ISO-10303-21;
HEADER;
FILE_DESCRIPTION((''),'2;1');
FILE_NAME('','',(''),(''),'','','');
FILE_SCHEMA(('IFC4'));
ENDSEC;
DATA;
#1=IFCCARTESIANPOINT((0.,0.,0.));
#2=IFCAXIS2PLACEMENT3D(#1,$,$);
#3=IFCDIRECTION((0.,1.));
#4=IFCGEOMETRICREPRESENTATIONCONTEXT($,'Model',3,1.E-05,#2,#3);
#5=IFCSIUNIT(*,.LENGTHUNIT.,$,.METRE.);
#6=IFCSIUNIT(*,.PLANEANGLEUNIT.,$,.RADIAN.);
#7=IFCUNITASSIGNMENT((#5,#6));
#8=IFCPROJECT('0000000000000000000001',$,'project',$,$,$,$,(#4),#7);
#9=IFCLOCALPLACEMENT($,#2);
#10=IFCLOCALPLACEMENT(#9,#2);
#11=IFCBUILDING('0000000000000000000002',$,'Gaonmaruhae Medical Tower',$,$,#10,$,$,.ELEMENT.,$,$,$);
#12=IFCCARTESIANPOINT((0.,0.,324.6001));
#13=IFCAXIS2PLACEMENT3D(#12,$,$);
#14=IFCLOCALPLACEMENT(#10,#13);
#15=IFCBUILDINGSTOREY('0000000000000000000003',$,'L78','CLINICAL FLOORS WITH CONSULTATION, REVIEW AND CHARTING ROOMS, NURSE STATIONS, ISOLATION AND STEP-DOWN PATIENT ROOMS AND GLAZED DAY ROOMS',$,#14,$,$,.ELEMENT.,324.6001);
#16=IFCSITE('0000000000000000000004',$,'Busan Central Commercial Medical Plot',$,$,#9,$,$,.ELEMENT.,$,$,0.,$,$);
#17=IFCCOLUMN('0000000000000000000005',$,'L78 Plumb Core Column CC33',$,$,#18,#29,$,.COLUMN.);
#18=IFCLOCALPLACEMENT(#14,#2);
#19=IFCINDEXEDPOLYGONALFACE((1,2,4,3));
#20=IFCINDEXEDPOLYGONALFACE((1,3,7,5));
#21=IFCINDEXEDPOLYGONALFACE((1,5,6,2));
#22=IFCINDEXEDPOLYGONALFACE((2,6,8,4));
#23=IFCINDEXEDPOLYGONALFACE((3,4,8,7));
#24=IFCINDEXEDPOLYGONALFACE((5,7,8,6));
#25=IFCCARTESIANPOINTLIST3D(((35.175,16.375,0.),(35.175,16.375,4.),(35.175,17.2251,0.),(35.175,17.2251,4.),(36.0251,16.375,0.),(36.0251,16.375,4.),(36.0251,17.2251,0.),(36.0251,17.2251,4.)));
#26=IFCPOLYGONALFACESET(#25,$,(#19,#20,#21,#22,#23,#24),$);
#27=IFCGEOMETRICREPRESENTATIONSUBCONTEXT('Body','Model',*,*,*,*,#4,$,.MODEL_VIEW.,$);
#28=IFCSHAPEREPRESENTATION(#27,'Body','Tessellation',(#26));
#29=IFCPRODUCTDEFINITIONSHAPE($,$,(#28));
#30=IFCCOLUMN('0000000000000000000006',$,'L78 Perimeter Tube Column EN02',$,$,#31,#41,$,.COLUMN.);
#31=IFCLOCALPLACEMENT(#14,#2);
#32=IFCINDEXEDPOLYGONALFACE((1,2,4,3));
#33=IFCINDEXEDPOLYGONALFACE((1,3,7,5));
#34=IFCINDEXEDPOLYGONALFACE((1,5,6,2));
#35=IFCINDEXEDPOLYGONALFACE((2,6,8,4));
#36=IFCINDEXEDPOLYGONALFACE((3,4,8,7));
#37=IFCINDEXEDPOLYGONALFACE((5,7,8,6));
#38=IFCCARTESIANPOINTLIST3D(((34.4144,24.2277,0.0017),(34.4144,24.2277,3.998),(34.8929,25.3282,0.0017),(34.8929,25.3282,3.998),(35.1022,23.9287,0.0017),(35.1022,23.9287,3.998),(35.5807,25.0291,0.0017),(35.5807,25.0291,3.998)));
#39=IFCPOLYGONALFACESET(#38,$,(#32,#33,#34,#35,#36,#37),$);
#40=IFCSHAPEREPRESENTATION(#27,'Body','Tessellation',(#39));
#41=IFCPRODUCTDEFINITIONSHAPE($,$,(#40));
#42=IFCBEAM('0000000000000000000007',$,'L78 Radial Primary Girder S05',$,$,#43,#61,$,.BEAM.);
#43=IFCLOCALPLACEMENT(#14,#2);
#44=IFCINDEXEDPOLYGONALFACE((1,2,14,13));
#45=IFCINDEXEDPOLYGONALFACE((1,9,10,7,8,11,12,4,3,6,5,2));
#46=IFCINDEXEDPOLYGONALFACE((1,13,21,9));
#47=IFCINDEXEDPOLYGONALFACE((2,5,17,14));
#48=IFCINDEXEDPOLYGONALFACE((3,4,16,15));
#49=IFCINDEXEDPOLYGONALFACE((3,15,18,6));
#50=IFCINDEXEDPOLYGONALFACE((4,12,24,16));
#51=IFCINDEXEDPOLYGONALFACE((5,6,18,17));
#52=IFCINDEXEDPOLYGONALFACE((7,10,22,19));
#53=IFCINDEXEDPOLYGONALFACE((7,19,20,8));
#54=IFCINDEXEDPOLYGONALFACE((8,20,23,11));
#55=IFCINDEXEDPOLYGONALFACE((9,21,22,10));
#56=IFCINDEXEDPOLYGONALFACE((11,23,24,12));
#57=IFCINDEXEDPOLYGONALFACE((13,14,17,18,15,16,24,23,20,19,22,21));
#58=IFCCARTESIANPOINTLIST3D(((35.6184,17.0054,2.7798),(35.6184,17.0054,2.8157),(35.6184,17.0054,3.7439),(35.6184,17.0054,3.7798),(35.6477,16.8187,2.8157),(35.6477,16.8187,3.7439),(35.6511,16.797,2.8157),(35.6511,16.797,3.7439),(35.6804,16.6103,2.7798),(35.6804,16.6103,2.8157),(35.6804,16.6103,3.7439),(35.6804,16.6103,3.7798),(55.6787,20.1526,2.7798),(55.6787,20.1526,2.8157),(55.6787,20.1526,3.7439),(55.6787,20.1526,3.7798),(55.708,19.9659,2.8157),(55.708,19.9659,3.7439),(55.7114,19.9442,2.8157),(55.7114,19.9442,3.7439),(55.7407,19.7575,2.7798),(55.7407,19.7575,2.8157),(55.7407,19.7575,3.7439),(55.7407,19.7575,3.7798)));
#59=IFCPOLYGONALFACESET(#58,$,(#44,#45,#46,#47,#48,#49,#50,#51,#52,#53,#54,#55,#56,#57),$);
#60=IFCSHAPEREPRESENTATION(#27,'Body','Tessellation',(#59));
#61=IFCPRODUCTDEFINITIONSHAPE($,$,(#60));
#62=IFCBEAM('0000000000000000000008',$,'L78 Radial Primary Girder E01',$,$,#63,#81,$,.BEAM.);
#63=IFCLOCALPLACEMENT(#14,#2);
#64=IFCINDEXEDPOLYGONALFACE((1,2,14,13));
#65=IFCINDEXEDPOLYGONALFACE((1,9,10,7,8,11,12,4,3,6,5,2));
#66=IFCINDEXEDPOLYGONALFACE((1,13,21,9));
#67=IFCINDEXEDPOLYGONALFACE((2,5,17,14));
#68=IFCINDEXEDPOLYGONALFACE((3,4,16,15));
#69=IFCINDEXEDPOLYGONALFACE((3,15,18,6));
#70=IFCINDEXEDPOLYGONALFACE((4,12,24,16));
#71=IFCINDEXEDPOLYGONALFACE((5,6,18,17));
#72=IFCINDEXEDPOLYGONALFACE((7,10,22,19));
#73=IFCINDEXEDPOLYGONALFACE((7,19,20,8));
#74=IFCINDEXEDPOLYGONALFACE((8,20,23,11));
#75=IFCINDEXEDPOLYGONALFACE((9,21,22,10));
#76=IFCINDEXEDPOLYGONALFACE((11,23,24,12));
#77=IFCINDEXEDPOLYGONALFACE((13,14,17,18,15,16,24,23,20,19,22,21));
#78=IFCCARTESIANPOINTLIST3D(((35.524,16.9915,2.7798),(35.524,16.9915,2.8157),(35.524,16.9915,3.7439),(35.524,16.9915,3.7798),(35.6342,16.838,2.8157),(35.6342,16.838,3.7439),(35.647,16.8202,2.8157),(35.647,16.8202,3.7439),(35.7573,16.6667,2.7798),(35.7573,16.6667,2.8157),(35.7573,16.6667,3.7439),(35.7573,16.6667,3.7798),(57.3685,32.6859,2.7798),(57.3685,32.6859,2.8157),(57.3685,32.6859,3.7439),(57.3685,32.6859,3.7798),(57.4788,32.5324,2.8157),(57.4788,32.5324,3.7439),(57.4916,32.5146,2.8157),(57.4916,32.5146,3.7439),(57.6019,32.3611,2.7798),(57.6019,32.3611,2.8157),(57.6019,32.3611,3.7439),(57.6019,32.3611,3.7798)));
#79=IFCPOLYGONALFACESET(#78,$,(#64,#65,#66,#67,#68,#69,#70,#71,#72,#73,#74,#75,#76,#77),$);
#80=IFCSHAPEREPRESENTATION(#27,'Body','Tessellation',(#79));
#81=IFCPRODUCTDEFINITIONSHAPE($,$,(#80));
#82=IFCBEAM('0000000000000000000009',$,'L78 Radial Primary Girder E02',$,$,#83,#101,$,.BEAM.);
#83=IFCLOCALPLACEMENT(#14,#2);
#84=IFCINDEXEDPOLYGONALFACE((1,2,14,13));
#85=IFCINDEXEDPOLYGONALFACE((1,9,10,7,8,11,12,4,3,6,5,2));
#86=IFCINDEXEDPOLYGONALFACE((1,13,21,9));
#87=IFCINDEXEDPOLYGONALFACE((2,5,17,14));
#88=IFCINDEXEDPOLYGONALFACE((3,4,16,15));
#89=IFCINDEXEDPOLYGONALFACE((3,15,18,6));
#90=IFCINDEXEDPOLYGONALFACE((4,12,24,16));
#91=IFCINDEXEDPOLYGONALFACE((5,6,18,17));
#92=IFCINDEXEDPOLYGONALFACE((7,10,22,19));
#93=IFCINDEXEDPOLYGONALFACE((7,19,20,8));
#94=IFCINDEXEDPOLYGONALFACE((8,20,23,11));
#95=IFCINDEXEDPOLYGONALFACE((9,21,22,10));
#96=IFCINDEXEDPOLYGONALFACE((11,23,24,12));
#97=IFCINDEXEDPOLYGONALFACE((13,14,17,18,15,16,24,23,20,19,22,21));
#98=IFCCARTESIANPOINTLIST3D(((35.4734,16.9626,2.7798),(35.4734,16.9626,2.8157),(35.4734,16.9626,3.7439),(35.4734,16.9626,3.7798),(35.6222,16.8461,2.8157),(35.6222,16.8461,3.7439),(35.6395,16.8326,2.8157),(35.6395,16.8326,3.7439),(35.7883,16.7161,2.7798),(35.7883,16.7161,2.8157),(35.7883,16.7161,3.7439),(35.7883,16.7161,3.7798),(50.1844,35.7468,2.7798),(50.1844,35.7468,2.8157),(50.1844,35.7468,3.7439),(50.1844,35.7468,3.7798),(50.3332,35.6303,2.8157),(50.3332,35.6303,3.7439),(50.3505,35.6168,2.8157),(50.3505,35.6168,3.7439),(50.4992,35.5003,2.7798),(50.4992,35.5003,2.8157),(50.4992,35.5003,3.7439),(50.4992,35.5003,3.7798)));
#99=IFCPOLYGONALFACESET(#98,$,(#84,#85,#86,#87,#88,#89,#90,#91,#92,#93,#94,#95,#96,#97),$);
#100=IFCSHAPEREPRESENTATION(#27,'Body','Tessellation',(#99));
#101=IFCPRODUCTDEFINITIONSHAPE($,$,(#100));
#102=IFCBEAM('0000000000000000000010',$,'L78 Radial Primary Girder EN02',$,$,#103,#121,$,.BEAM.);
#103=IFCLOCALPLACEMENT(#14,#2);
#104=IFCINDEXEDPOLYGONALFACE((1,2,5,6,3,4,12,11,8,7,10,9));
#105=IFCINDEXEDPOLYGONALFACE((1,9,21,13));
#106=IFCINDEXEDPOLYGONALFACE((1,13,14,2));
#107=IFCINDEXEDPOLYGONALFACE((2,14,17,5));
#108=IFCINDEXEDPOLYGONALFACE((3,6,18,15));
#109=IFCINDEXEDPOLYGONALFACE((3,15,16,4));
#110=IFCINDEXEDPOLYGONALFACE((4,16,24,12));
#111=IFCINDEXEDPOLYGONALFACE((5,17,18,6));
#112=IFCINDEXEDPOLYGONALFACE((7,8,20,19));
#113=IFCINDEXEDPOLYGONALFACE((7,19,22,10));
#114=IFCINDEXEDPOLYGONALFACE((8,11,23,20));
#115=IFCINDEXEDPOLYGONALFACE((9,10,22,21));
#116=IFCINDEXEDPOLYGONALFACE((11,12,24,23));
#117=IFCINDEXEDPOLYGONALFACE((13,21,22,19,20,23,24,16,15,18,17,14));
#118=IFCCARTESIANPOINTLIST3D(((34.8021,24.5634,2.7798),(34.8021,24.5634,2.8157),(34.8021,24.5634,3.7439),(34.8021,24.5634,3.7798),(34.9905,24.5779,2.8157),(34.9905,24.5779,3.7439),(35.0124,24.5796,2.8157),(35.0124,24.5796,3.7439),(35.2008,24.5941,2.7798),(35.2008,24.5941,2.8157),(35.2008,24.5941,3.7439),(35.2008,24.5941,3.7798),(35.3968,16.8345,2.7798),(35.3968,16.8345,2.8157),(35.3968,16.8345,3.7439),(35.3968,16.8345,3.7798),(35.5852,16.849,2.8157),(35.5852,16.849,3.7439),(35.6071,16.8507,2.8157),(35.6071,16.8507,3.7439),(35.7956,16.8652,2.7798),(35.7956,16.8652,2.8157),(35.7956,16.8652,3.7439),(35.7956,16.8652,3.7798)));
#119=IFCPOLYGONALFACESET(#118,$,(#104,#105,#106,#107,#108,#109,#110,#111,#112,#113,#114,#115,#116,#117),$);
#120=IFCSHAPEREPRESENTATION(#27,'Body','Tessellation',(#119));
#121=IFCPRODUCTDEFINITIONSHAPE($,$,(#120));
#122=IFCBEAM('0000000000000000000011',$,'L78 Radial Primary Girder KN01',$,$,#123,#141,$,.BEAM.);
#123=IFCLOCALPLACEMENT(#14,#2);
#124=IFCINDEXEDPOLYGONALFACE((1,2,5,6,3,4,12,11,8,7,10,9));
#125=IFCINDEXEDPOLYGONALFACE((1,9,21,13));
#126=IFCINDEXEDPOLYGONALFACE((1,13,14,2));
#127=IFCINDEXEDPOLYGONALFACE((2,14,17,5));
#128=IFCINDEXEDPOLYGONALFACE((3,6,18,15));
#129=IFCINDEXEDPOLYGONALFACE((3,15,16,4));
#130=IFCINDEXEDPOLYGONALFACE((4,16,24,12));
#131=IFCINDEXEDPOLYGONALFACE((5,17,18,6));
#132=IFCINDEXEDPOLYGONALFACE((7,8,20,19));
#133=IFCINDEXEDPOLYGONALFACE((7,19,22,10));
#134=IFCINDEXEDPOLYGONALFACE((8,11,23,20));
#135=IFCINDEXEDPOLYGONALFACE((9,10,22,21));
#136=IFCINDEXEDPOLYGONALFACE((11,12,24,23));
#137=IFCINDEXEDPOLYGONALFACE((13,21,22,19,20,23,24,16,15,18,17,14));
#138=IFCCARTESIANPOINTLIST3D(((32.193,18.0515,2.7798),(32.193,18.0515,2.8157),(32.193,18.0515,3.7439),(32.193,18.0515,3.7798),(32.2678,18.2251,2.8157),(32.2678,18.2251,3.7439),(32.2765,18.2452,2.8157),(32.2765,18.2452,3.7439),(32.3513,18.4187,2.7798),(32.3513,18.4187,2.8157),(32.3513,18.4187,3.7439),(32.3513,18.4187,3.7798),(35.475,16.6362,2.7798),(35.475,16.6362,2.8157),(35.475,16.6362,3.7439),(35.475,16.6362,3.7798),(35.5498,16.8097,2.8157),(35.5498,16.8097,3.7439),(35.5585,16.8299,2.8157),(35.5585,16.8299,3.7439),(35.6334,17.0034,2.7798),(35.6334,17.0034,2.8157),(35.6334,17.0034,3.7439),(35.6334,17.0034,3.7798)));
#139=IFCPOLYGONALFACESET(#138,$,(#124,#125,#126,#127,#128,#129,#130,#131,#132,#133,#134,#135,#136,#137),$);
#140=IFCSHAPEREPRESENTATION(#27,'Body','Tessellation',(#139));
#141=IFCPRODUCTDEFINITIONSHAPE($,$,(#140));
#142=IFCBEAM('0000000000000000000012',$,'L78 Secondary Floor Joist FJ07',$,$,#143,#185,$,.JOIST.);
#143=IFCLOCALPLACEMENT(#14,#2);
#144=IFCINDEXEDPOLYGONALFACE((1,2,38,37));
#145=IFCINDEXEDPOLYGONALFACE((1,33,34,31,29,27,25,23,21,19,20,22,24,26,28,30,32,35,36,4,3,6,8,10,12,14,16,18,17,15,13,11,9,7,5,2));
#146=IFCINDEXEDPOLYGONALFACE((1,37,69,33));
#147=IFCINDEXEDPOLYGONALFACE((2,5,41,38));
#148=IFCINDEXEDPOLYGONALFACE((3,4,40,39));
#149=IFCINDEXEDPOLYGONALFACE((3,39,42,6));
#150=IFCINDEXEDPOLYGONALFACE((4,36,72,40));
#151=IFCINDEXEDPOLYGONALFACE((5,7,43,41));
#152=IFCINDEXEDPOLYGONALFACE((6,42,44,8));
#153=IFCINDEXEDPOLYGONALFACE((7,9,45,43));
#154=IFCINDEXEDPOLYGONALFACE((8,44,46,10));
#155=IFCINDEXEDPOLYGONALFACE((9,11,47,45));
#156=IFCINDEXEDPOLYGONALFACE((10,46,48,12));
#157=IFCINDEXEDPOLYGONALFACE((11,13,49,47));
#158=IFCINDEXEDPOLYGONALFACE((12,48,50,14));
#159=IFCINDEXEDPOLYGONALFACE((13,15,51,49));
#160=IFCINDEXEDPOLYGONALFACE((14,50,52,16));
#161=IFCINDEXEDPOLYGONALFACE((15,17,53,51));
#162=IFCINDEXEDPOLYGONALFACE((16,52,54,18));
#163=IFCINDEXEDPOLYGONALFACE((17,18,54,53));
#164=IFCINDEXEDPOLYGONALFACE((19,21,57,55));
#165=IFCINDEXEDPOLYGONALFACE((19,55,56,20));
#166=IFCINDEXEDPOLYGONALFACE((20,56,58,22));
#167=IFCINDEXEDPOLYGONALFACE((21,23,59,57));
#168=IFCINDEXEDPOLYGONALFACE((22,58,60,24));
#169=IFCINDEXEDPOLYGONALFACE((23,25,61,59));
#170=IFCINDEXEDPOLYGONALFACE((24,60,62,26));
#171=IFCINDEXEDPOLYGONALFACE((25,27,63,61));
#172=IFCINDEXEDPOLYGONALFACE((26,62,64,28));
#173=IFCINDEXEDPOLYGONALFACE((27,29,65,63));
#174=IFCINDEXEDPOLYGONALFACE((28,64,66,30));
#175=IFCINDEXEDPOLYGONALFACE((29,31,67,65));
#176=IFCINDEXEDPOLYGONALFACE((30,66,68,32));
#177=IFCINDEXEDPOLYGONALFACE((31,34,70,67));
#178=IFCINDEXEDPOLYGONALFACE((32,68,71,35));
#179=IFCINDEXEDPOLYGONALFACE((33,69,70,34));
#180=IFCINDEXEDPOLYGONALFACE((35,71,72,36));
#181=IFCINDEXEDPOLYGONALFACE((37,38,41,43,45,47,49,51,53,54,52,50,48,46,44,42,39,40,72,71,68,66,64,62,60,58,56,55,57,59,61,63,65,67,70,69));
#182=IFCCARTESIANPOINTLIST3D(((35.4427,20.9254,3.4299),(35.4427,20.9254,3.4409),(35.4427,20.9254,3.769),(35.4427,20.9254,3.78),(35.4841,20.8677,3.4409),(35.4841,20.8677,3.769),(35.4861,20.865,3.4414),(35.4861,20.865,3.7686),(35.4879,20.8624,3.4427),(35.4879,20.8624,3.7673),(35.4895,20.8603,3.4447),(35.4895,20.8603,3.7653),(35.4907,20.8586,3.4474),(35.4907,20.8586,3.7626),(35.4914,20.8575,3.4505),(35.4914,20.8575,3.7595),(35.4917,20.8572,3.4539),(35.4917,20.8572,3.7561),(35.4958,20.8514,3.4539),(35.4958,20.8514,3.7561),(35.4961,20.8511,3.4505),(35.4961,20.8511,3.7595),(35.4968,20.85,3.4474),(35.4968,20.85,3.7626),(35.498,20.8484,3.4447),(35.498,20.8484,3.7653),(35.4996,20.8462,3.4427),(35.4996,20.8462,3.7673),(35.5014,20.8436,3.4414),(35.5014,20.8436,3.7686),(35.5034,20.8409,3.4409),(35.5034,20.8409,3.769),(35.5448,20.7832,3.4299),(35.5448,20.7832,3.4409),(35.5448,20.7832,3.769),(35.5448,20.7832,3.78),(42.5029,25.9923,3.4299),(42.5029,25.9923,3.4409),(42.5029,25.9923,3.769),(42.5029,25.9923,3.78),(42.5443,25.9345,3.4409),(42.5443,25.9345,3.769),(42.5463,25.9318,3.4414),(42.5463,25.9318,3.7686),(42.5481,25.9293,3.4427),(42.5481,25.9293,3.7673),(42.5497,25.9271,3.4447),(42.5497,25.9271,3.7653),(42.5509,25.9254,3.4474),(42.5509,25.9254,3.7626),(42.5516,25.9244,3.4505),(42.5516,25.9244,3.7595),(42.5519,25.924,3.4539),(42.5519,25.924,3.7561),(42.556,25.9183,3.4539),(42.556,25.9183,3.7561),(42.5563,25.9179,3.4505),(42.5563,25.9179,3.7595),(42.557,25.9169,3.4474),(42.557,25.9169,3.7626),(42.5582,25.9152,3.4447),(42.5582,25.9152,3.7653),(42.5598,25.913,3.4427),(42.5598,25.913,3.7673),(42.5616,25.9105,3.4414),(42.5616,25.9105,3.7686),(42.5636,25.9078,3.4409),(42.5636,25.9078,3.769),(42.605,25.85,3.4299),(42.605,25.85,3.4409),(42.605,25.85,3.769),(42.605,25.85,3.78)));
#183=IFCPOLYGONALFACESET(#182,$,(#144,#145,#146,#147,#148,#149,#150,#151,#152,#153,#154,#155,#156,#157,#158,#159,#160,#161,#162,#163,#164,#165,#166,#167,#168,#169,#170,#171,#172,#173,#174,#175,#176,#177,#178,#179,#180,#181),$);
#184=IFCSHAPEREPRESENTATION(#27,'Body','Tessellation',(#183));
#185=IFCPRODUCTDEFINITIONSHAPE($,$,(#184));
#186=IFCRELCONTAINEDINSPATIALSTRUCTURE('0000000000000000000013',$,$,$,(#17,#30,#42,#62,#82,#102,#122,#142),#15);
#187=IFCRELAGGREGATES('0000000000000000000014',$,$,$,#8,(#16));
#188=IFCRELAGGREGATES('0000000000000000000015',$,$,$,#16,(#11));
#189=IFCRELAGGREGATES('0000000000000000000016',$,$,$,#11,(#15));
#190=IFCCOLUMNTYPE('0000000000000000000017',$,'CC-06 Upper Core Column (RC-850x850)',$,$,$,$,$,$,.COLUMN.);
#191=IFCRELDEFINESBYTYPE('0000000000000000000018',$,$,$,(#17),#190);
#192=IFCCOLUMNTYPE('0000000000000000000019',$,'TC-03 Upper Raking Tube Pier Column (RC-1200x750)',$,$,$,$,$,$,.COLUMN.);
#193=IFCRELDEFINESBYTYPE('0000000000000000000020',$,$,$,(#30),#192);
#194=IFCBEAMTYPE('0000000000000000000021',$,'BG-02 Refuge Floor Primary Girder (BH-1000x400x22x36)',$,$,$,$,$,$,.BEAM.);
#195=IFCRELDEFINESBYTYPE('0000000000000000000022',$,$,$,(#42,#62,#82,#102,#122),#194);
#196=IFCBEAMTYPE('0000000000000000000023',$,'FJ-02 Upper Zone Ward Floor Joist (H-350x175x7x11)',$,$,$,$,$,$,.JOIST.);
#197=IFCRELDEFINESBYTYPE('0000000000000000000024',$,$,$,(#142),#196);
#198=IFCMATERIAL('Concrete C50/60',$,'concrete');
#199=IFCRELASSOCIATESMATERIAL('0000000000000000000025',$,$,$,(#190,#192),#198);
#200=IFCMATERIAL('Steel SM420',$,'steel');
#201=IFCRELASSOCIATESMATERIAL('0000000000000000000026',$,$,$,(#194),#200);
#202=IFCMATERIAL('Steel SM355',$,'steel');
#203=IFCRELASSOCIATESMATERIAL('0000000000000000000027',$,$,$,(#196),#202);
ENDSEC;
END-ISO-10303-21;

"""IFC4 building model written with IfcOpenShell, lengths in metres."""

from ifc_helpers import new_model, si_unit, direction, frame, origin, origin_2d, place, context, subcontext, project, spatial, rectangle, i_section, extrude, material, material_profile, profile_set, type_object, element, save


model = new_model("IFC4")

# Units and contexts
model_context = context("Model", 3, precision=1e-05, world=origin(), true_north=direction((0.0, 1.0)))
body_context = subcontext(model_context, "Body", "Model", "MODEL_VIEW")
ifc_project = project(units=[si_unit("LENGTHUNIT", "METRE"), si_unit("PLANEANGLEUNIT", "RADIAN")], contexts=[model_context])

# Site, building, storey
site_placement = place(None, origin())
site = spatial("IfcSite", under=ifc_project, at=site_placement, Name="Busan Central Commercial Medical Plot", CompositionType="ELEMENT", RefElevation=0.0)
building_placement = place(site_placement, origin())
building = spatial("IfcBuilding", under=site, at=building_placement, Name="Gaonmaruhae Medical Tower", CompositionType="ELEMENT")
storey_placement = place(building_placement, frame((0.0, 0.0, 324.6001)))
storey = spatial("IfcBuildingStorey", under=building, at=storey_placement, Name="L78", Description="CLINICAL FLOORS WITH CONSULTATION, REVIEW AND CHARTING ROOMS, NURSE STATIONS, ISOLATION AND STEP-DOWN PATIENT ROOMS AND GLAZED DAY ROOMS", CompositionType="ELEMENT", Elevation=324.6001)

# Columns
ifc_material_1 = material(Name="Concrete C50/60", Category="concrete")
ifc_material_profile_1 = material_profile(ifc_material_1, rectangle(XDim=0.8501, YDim=0.8501, at=origin_2d()), Name="RC-850x850")
ifc_profile_set_1 = profile_set([ifc_material_profile_1], Name="Concrete C50/60")
column_type_1 = type_object("IfcColumnType", Name="CC-06 Upper Core Column (RC-850x850)", PredefinedType="COLUMN", material=ifc_profile_set_1)
column_1_placement = place(storey_placement, frame((35.6001, 16.8, 0.0), z_axis=(0.0, 0.0, 1.0), x_axis=(1.0, 0.0, 0.0)))
element("IfcColumn", 1, at=column_1_placement, inside=storey, type_object=column_type_1, Name="L78 Plumb Core Column CC33", PredefinedType="COLUMN", context=body_context, shape_type="SweptSolid", body=[
    extrude(rectangle(XDim=0.8501, YDim=0.8501, at=origin_2d()), origin(), (0.0, 0.0, 1.0), 4.0),
])
ifc_material_profile_2 = material_profile(ifc_material_1, rectangle(XDim=1.2, YDim=0.75, at=origin_2d()), Name="RC-1200x750")
ifc_profile_set_2 = profile_set([ifc_material_profile_2], Name="Concrete C50/60")
column_type_2 = type_object("IfcColumnType", Name="TC-03 Upper Raking Tube Pier Column (RC-1200x750)", PredefinedType="COLUMN", material=ifc_profile_set_2)
column_2_placement = place(storey_placement, frame((34.9976, 24.6284, 0.0017), z_axis=(0.0, 0.0, 1.0), x_axis=(0.398749, 0.91706, 0.0)))
element("IfcColumn", 2, at=column_2_placement, inside=storey, type_object=column_type_2, Name="L78 Perimeter Tube Column EN02", PredefinedType="COLUMN", context=body_context, shape_type="SweptSolid", body=[
    extrude(rectangle(XDim=1.2, YDim=0.75, at=origin_2d()), origin(), (0.0, 0.0, 1.0), 3.9963),
])

# Beams
ifc_material_2 = material(Name="Steel SM420", Category="steel")
ifc_material_profile_3 = material_profile(ifc_material_2, i_section(OverallWidth=0.3999, OverallDepth=1.0, WebThickness=0.022, FlangeThickness=0.0359, at=origin_2d()), Name="BH-1000x400x22x36")
ifc_profile_set_3 = profile_set([ifc_material_profile_3], Name="Steel SM420")
beam_type_1 = type_object("IfcBeamType", Name="BG-02 Refuge Floor Primary Girder (BH-1000x400x22x36)", PredefinedType="BEAM", material=ifc_profile_set_3)
beam_1_placement = place(storey_placement, frame((35.6494, 16.8079, 3.2798), z_axis=(0.987916, 0.154992, 0.0), x_axis=(-0.154992, 0.987916, 0.0)))
element("IfcBeam", 3, at=beam_1_placement, inside=storey, type_object=beam_type_1, Name="L78 Radial Primary Girder S05", PredefinedType="BEAM", context=body_context, shape_type="SweptSolid", body=[
    extrude(i_section(OverallWidth=0.3999, OverallDepth=1.0, WebThickness=0.022, FlangeThickness=0.0359, at=origin_2d()), origin(), (0.0, 0.0, 1.0), 20.3057),
])
beam_2_placement = place(storey_placement, frame((35.6406, 16.8291, 3.2798), z_axis=(0.812128, 0.583479, 0.0), x_axis=(-0.583479, 0.812128, 0.0)))
element("IfcBeam", 4, at=beam_2_placement, inside=storey, type_object=beam_type_1, Name="L78 Radial Primary Girder E01", PredefinedType="BEAM", context=body_context, shape_type="SweptSolid", body=[
    extrude(i_section(OverallWidth=0.3999, OverallDepth=1.0, WebThickness=0.022, FlangeThickness=0.0359, at=origin_2d()), origin(), (0.0, 0.0, 1.0), 26.8979),
])
beam_3_placement = place(storey_placement, frame((35.6309, 16.8394, 3.2798), z_axis=(0.616575, 0.787296, 0.0), x_axis=(-0.787296, 0.616575, 0.0)))
element("IfcBeam", 5, at=beam_3_placement, inside=storey, type_object=beam_type_1, Name="L78 Radial Primary Girder E02", PredefinedType="BEAM", context=body_context, shape_type="SweptSolid", body=[
    extrude(i_section(OverallWidth=0.3999, OverallDepth=1.0, WebThickness=0.022, FlangeThickness=0.0359, at=origin_2d()), origin(), (0.0, 0.0, 1.0), 23.8591),
])
beam_4_placement = place(storey_placement, frame((35.5962, 16.8499, 3.2798), z_axis=(-0.076723, 0.997052, 0.0), x_axis=(-0.997052, -0.076723, 0.0)))
element("IfcBeam", 6, at=beam_4_placement, inside=storey, type_object=beam_type_1, Name="L78 Radial Primary Girder EN02", PredefinedType="BEAM", context=body_context, shape_type="SweptSolid", body=[
    extrude(i_section(OverallWidth=0.3999, OverallDepth=1.0, WebThickness=0.022, FlangeThickness=0.0359, at=origin_2d()), origin(), (0.0, 0.0, 1.0), 7.7517),
])
beam_5_placement = place(storey_placement, frame((35.5542, 16.8198, 3.2798), z_axis=(-0.918259, 0.395979, 0.0), x_axis=(-0.395979, -0.918259, 0.0)))
element("IfcBeam", 7, at=beam_5_placement, inside=storey, type_object=beam_type_1, Name="L78 Radial Primary Girder KN01", PredefinedType="BEAM", context=body_context, shape_type="SweptSolid", body=[
    extrude(i_section(OverallWidth=0.3999, OverallDepth=1.0, WebThickness=0.022, FlangeThickness=0.0359, at=origin_2d()), origin(), (0.0, 0.0, 1.0), 3.5742),
])
ifc_material_3 = material(Name="Steel SM355", Category="steel")
ifc_material_profile_4 = material_profile(ifc_material_3, i_section(OverallWidth=0.175, OverallDepth=0.3501, WebThickness=0.0071, FlangeThickness=0.011, FilletRadius=0.0129, at=origin_2d()), Name="H-350x175x7x11")
ifc_profile_set_4 = profile_set([ifc_material_profile_4], Name="Steel SM355")
beam_type_2 = type_object("IfcBeamType", Name="FJ-02 Upper Zone Ward Floor Joist (H-350x175x7x11)", PredefinedType="JOIST", material=ifc_profile_set_4)
beam_6_placement = place(storey_placement, frame((42.554, 25.9211, 3.605), z_axis=(-0.812435, -0.583052, 0.0), x_axis=(0.583052, -0.812435, 0.0)))
element("IfcBeam", 8, at=beam_6_placement, inside=storey, type_object=beam_type_2, Name="L78 Secondary Floor Joist FJ07", PredefinedType="JOIST", context=body_context, shape_type="SweptSolid", body=[
    extrude(i_section(OverallWidth=0.175, OverallDepth=0.3501, WebThickness=0.0071, FlangeThickness=0.011, FilletRadius=0.0129, at=origin_2d()), origin(), (0.0, 0.0, 1.0), 8.6902),
])

save(model, "model.ifc")
